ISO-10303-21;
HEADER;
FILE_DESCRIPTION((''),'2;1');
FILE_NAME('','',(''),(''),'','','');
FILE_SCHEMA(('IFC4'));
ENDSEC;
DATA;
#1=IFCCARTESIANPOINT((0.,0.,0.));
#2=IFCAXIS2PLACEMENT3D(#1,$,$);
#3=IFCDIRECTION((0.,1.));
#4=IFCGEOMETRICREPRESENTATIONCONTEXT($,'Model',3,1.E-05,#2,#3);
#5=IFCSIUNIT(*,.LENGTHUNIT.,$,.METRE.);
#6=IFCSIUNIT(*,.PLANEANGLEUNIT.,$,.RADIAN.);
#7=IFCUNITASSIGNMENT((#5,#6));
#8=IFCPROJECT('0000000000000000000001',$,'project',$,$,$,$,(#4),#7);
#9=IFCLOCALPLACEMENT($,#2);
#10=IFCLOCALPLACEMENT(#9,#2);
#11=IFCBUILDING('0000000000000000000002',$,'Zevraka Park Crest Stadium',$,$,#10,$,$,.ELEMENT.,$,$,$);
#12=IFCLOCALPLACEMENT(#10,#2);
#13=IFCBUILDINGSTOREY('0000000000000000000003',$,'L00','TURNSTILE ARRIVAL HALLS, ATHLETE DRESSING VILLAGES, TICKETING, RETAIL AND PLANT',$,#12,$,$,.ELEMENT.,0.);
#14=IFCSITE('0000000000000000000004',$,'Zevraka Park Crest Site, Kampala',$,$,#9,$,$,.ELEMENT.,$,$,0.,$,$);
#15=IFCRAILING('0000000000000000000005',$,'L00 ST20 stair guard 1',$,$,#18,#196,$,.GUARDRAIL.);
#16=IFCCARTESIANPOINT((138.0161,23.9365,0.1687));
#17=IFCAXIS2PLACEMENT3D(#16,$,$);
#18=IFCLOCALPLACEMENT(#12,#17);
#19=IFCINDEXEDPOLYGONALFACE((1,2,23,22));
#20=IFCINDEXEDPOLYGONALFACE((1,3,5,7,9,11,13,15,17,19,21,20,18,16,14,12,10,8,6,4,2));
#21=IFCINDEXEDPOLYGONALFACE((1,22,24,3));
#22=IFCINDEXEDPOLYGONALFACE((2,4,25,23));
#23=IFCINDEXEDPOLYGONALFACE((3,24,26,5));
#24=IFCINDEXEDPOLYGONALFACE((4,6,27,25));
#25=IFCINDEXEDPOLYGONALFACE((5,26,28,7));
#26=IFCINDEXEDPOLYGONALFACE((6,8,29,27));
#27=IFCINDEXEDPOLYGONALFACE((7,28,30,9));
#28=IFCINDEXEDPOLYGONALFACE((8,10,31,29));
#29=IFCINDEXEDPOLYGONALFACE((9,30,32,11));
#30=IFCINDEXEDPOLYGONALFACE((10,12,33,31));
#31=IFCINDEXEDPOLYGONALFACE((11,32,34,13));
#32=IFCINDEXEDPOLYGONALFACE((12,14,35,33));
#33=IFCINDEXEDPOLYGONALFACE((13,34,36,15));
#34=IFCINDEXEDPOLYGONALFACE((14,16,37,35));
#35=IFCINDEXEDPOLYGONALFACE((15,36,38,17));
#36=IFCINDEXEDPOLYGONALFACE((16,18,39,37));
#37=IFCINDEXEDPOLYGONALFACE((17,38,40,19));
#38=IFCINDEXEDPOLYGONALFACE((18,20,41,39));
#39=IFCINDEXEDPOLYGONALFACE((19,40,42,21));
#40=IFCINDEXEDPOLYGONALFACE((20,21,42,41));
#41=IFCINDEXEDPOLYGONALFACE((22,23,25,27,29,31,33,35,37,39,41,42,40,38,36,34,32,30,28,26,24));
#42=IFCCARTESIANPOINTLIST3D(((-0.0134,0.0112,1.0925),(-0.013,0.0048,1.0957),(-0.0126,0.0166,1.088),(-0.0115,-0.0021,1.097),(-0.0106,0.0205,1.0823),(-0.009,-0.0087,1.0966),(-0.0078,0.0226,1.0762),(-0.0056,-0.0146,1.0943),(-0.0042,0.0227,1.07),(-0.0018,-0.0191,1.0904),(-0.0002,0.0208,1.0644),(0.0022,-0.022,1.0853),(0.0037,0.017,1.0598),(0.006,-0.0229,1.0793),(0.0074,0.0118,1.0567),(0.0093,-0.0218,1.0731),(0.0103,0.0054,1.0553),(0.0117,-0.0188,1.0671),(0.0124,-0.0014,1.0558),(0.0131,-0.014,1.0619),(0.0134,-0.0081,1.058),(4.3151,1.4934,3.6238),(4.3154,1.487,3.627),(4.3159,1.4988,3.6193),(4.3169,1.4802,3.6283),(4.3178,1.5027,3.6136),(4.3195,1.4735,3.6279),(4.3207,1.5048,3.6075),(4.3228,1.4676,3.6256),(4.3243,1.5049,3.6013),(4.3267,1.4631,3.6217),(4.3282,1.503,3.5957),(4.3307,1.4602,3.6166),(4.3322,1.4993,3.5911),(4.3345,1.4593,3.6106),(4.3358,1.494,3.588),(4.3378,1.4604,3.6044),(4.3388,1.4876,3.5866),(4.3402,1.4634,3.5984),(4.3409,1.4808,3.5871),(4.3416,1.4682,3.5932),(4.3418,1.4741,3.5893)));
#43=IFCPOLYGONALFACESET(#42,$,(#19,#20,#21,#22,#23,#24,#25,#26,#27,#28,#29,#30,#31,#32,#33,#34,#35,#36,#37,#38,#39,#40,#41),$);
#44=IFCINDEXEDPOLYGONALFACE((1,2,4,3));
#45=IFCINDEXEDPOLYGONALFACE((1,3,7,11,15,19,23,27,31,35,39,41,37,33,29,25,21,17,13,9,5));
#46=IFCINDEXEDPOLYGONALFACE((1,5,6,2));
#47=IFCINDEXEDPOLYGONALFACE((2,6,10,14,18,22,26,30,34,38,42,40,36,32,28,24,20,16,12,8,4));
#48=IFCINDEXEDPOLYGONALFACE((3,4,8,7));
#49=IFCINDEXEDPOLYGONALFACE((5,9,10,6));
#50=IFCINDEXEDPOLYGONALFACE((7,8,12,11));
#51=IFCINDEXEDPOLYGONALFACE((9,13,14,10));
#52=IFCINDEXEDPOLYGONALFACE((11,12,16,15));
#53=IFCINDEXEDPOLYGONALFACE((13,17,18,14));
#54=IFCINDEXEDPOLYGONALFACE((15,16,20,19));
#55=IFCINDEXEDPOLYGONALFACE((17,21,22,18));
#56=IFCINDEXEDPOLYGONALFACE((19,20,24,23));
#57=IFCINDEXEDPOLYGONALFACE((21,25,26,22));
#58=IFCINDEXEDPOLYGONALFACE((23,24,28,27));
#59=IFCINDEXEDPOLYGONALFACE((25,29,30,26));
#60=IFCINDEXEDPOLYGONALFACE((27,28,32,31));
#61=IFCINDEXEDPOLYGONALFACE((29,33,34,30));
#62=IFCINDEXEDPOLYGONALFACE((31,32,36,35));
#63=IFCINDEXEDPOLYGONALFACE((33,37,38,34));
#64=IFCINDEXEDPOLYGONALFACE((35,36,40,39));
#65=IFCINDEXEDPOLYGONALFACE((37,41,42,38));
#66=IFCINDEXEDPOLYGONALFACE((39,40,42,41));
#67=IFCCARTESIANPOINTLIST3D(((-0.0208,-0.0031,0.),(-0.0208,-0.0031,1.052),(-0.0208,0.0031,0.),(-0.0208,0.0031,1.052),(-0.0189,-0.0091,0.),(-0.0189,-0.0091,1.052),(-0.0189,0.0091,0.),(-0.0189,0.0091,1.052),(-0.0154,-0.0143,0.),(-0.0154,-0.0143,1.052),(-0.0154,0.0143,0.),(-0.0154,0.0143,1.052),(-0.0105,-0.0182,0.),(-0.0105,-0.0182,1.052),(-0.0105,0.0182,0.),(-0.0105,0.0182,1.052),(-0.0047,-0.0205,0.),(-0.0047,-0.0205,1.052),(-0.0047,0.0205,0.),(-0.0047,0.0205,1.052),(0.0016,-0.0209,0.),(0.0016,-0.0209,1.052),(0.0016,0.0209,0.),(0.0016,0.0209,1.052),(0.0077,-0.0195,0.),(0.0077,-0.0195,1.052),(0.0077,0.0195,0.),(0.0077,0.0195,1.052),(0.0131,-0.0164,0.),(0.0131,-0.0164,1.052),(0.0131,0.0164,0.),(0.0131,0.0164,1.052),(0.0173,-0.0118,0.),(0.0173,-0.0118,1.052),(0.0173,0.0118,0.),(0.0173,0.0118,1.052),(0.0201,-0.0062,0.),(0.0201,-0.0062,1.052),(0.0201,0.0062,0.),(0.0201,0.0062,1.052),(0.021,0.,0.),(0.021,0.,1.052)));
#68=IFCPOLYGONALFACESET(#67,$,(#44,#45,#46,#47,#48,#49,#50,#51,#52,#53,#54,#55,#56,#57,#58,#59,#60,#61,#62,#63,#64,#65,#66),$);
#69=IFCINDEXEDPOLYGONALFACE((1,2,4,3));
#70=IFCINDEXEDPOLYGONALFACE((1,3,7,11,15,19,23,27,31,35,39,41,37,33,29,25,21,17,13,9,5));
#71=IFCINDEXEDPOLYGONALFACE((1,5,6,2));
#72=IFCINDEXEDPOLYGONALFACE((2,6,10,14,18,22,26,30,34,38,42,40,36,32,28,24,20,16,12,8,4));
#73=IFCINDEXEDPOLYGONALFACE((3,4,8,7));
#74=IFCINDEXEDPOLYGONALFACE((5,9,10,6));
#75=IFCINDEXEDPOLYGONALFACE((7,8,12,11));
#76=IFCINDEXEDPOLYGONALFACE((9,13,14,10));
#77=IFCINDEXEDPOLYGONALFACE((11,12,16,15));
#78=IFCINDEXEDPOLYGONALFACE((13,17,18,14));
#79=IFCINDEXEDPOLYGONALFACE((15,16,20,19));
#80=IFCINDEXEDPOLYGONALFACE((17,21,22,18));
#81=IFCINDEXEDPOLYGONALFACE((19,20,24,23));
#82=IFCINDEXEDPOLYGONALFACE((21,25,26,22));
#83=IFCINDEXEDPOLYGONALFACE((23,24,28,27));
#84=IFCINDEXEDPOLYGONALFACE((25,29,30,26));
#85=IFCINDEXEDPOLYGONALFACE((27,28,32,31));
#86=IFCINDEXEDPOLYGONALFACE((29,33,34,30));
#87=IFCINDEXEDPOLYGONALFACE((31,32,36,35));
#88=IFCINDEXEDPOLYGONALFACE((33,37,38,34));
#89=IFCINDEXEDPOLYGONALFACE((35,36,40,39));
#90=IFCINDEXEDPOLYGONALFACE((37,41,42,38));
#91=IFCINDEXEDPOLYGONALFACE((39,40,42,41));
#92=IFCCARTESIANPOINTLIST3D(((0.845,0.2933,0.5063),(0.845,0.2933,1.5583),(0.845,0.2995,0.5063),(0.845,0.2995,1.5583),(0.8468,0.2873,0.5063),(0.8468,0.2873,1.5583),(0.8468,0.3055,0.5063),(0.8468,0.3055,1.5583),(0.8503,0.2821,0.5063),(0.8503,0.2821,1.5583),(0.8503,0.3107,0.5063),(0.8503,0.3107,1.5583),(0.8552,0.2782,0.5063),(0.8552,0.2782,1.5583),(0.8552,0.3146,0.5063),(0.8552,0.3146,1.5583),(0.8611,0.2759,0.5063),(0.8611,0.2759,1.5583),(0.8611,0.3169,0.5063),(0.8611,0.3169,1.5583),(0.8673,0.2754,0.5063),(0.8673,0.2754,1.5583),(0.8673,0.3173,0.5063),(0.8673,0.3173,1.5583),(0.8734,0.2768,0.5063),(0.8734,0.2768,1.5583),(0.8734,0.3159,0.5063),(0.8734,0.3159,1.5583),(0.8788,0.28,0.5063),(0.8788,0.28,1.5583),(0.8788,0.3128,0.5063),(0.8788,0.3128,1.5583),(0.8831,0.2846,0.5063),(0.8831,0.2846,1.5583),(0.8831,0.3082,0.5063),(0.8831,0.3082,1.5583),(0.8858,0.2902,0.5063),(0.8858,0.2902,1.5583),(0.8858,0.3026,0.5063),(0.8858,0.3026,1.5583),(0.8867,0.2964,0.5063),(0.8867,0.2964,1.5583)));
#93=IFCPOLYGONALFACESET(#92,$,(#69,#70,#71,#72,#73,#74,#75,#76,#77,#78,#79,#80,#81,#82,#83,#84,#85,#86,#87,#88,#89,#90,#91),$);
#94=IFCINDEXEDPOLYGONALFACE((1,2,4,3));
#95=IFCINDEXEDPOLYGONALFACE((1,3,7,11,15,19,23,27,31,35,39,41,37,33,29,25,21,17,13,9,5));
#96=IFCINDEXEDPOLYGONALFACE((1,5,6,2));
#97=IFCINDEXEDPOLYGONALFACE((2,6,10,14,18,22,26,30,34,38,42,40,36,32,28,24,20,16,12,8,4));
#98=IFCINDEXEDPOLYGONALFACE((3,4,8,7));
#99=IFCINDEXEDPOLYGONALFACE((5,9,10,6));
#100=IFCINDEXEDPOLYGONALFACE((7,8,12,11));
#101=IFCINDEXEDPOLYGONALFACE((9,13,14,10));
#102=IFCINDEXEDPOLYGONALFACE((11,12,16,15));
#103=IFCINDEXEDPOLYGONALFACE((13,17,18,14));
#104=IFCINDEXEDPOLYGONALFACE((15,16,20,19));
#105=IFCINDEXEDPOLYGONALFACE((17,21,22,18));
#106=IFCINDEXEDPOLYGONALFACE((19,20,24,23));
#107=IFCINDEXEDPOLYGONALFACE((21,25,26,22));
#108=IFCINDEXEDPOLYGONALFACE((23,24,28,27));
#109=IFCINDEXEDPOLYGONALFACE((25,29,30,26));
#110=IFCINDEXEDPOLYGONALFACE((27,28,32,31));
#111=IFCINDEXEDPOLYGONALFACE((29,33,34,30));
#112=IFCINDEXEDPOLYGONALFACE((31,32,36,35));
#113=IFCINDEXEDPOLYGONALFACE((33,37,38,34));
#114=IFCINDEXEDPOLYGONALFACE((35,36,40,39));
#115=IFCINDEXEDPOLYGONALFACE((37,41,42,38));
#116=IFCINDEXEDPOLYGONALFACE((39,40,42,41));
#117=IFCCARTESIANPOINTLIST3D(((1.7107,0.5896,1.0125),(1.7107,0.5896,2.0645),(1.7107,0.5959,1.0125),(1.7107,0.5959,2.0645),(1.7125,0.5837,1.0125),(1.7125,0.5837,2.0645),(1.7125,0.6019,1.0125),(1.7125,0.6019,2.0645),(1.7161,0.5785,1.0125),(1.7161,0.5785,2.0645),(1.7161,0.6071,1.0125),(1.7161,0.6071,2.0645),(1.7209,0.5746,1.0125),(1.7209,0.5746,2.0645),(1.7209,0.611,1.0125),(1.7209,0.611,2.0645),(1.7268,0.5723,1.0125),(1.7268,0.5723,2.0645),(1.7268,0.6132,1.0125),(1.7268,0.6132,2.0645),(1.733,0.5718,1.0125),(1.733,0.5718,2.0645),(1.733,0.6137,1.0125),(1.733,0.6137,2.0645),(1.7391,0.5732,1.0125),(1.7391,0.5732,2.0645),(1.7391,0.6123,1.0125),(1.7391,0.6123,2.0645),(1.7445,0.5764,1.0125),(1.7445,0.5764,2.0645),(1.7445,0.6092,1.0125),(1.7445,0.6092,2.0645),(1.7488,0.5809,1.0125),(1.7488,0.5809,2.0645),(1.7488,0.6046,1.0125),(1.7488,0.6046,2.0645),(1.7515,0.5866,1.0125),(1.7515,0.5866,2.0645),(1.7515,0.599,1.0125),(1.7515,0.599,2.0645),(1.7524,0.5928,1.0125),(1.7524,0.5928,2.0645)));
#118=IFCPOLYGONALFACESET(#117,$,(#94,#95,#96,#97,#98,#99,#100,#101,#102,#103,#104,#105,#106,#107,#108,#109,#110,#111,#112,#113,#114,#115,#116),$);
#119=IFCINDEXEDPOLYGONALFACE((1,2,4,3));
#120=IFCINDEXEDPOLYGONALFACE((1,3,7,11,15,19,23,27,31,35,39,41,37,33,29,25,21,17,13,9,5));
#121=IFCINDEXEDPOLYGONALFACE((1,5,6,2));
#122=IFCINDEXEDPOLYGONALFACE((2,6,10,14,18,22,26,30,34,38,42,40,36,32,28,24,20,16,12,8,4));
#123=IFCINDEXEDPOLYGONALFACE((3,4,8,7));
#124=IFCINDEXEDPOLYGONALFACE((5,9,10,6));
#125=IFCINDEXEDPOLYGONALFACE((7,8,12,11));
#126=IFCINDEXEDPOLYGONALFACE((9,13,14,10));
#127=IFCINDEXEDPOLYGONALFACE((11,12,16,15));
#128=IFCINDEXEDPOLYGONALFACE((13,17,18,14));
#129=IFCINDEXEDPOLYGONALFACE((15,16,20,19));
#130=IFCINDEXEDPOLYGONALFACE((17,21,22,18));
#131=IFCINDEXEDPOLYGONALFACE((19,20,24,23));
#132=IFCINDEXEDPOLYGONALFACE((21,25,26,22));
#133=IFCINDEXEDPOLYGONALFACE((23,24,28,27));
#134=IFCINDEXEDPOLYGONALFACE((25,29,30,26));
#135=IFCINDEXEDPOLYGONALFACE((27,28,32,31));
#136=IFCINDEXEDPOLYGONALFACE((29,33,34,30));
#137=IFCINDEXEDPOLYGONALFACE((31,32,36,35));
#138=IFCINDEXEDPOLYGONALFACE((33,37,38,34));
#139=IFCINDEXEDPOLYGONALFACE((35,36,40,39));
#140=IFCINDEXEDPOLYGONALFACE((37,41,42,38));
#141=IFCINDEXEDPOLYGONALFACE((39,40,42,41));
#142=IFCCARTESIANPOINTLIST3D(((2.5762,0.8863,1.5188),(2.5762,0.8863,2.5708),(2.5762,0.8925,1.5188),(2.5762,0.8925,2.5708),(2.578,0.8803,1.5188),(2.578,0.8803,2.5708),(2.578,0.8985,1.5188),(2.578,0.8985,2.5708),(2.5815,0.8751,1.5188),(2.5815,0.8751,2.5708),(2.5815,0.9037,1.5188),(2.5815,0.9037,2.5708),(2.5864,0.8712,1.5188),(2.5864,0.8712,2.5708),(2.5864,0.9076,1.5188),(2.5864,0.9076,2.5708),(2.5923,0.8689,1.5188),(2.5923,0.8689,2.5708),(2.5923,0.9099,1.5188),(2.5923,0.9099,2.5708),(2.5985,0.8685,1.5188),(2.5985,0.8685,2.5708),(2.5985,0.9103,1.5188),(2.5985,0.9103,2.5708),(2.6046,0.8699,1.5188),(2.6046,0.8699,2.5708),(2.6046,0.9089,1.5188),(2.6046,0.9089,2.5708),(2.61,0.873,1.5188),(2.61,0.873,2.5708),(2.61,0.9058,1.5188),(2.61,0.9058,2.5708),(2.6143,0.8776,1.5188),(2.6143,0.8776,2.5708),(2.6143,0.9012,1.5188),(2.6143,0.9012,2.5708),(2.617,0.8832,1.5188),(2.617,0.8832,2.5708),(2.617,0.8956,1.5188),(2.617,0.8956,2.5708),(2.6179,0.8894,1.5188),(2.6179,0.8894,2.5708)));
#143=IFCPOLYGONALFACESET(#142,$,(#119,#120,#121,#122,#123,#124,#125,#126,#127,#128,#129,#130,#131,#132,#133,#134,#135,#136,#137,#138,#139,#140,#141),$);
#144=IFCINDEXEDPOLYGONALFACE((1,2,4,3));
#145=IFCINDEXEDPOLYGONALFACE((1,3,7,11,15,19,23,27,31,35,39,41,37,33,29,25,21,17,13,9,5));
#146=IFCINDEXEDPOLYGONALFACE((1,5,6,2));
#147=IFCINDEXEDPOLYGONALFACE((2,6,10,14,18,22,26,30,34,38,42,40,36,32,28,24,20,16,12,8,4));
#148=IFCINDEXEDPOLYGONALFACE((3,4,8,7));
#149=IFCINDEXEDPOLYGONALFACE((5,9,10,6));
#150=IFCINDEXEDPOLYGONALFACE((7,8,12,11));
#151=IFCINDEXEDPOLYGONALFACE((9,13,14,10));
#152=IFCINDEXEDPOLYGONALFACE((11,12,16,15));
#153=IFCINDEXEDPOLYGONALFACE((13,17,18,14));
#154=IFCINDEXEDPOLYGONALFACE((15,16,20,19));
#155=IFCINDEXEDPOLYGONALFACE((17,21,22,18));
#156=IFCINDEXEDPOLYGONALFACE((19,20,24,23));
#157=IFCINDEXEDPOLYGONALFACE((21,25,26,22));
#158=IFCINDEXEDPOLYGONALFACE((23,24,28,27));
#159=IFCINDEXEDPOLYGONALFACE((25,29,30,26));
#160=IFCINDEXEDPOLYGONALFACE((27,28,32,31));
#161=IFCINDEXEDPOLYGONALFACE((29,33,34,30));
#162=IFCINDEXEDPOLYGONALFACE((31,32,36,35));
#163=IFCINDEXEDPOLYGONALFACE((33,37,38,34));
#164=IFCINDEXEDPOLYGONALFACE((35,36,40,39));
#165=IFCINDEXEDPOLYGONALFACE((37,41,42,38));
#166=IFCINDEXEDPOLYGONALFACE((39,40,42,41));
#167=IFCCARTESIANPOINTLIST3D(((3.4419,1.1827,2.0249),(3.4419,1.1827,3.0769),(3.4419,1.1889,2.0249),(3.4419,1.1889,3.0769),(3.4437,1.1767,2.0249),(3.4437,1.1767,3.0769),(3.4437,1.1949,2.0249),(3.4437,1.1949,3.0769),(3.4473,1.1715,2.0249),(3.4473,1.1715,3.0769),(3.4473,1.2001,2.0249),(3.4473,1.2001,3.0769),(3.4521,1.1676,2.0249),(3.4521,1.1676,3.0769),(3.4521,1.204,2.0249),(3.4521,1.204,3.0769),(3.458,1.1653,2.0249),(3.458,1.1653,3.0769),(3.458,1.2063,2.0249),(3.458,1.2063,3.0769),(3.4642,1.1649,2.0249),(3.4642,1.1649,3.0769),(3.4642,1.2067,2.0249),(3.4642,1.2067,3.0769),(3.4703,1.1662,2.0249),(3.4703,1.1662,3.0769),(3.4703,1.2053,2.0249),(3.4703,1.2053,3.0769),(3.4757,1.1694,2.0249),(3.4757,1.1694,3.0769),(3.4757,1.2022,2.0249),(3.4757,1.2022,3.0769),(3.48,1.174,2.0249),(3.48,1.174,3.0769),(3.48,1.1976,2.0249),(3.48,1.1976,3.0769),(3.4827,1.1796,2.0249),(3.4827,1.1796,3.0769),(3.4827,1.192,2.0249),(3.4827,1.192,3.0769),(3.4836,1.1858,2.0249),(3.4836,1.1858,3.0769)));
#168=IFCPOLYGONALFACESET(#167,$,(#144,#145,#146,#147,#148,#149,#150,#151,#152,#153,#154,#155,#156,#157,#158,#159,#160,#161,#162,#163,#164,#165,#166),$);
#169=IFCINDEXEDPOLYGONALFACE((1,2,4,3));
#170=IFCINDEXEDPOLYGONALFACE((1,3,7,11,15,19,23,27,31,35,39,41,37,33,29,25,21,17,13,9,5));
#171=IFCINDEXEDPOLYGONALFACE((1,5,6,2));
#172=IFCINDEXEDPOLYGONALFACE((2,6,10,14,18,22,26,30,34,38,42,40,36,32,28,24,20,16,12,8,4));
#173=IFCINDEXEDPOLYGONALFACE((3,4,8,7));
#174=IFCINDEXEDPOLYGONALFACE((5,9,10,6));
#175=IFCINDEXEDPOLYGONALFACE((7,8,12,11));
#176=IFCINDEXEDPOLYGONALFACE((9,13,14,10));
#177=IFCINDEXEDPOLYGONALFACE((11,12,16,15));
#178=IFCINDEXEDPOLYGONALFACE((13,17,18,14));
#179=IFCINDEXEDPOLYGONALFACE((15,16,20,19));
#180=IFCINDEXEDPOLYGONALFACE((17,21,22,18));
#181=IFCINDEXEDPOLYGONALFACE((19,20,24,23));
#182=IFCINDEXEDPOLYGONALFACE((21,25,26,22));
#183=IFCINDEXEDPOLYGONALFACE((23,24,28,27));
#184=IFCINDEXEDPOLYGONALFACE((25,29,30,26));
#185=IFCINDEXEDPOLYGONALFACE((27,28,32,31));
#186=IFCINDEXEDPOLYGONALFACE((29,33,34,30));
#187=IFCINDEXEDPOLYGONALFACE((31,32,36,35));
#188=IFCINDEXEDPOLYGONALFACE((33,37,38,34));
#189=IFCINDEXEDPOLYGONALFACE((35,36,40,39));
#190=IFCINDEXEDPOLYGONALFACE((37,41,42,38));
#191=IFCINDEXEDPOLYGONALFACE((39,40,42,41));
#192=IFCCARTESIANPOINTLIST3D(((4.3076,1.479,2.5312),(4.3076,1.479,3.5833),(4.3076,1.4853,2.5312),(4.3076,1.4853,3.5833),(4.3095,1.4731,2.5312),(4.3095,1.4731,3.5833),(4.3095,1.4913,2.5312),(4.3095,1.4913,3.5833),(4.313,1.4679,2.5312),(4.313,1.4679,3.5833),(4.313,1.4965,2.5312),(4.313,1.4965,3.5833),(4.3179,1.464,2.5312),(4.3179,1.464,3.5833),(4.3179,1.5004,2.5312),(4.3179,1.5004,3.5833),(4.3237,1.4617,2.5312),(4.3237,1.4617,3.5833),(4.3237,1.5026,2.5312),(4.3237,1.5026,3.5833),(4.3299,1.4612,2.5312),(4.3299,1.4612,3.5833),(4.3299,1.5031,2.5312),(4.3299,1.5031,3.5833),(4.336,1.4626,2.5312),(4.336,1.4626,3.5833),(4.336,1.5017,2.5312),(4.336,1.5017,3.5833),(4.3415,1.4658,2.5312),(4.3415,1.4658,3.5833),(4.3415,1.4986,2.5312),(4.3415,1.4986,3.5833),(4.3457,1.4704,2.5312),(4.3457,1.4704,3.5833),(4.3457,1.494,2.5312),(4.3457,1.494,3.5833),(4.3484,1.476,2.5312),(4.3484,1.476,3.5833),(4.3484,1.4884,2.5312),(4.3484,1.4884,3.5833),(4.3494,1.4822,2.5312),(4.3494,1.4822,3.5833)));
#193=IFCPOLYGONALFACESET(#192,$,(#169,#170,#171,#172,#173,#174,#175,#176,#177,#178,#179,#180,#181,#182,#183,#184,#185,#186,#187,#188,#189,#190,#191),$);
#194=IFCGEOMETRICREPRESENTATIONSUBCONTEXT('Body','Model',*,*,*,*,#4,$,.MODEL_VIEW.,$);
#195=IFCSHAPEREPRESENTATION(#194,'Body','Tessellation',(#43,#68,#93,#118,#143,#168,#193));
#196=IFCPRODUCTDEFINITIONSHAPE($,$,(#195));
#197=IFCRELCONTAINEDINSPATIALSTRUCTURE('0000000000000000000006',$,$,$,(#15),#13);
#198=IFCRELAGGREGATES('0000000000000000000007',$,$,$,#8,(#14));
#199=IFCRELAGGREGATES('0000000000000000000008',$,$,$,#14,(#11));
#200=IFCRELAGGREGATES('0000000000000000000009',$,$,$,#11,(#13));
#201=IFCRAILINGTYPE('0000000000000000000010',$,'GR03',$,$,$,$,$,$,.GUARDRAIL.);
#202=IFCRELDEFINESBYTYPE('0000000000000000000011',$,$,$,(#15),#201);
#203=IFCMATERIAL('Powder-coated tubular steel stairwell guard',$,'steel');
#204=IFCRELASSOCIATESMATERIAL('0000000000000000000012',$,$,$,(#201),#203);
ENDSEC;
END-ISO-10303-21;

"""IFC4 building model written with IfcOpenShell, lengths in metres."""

from ifc_helpers import new_model, si_unit, direction, frame, origin, origin_2d, place, context, subcontext, project, spatial, circle, extrude, material, type_object, element, save


model = new_model("IFC4")

# Units and contexts
model_context = context("Model", 3, precision=1e-05, world=origin(), true_north=direction((0.0, 1.0)))
body_context = subcontext(model_context, "Body", "Model", "MODEL_VIEW")
ifc_project = project(units=[si_unit("LENGTHUNIT", "METRE"), si_unit("PLANEANGLEUNIT", "RADIAN")], contexts=[model_context])

# Site, building, storey
site_placement = place(None, origin())
site = spatial("IfcSite", under=ifc_project, at=site_placement, Name="Zevraka Park Crest Site, Kampala", CompositionType="ELEMENT", RefElevation=0.0)
building_placement = place(site_placement, origin())
building = spatial("IfcBuilding", under=site, at=building_placement, Name="Zevraka Park Crest Stadium", CompositionType="ELEMENT")
storey_placement = place(building_placement, origin())
storey = spatial("IfcBuildingStorey", under=building, at=storey_placement, Name="L00", Description="TURNSTILE ARRIVAL HALLS, ATHLETE DRESSING VILLAGES, TICKETING, RETAIL AND PLANT", CompositionType="ELEMENT", Elevation=0.0)

# Railing
ifc_material_1 = material(Name="Powder-coated tubular steel stairwell guard", Category="steel")
railing_type_1 = type_object("IfcRailingType", Name="GR03", PredefinedType="GUARDRAIL", material=ifc_material_1)
railing_1_placement = place(storey_placement, frame((138.0161, 23.9365, 0.1687)))
element("IfcRailing", 1, at=railing_1_placement, inside=storey, type_object=railing_type_1, Name="L00 ST20 stair guard 1", PredefinedType="GUARDRAIL", context=body_context, shape_type="SweptSolid", body=[
    extrude(circle(Radius=0.0239, at=origin_2d()), frame((0.0, 0.0, 1.0762), z_axis=(0.827817, 0.283472, 0.484111), x_axis=(-0.323965, 0.946069, 0.0)), (0.0, 0.0, 1.0), 5.2288),
    extrude(circle(Radius=0.021, at=origin_2d()), origin(), (0.0, 0.0, 1.0), 1.052),
    extrude(circle(Radius=0.021, at=origin_2d()), frame((0.8657, 0.2964, 0.5063)), (0.0, 0.0, 1.0), 1.052),
    extrude(circle(Radius=0.021, at=origin_2d()), frame((1.7314, 0.5928, 1.0125)), (0.0, 0.0, 1.0), 1.052),
    extrude(circle(Radius=0.021, at=origin_2d()), frame((2.5969, 0.8894, 1.5188)), (0.0, 0.0, 1.0), 1.052),
    extrude(circle(Radius=0.021, at=origin_2d()), frame((3.4626, 1.1858, 2.0249)), (0.0, 0.0, 1.0), 1.052),
    extrude(circle(Radius=0.021, at=origin_2d()), frame((4.3284, 1.4822, 2.5312)), (0.0, 0.0, 1.0), 1.052),
])

save(model, "model.ifc")
